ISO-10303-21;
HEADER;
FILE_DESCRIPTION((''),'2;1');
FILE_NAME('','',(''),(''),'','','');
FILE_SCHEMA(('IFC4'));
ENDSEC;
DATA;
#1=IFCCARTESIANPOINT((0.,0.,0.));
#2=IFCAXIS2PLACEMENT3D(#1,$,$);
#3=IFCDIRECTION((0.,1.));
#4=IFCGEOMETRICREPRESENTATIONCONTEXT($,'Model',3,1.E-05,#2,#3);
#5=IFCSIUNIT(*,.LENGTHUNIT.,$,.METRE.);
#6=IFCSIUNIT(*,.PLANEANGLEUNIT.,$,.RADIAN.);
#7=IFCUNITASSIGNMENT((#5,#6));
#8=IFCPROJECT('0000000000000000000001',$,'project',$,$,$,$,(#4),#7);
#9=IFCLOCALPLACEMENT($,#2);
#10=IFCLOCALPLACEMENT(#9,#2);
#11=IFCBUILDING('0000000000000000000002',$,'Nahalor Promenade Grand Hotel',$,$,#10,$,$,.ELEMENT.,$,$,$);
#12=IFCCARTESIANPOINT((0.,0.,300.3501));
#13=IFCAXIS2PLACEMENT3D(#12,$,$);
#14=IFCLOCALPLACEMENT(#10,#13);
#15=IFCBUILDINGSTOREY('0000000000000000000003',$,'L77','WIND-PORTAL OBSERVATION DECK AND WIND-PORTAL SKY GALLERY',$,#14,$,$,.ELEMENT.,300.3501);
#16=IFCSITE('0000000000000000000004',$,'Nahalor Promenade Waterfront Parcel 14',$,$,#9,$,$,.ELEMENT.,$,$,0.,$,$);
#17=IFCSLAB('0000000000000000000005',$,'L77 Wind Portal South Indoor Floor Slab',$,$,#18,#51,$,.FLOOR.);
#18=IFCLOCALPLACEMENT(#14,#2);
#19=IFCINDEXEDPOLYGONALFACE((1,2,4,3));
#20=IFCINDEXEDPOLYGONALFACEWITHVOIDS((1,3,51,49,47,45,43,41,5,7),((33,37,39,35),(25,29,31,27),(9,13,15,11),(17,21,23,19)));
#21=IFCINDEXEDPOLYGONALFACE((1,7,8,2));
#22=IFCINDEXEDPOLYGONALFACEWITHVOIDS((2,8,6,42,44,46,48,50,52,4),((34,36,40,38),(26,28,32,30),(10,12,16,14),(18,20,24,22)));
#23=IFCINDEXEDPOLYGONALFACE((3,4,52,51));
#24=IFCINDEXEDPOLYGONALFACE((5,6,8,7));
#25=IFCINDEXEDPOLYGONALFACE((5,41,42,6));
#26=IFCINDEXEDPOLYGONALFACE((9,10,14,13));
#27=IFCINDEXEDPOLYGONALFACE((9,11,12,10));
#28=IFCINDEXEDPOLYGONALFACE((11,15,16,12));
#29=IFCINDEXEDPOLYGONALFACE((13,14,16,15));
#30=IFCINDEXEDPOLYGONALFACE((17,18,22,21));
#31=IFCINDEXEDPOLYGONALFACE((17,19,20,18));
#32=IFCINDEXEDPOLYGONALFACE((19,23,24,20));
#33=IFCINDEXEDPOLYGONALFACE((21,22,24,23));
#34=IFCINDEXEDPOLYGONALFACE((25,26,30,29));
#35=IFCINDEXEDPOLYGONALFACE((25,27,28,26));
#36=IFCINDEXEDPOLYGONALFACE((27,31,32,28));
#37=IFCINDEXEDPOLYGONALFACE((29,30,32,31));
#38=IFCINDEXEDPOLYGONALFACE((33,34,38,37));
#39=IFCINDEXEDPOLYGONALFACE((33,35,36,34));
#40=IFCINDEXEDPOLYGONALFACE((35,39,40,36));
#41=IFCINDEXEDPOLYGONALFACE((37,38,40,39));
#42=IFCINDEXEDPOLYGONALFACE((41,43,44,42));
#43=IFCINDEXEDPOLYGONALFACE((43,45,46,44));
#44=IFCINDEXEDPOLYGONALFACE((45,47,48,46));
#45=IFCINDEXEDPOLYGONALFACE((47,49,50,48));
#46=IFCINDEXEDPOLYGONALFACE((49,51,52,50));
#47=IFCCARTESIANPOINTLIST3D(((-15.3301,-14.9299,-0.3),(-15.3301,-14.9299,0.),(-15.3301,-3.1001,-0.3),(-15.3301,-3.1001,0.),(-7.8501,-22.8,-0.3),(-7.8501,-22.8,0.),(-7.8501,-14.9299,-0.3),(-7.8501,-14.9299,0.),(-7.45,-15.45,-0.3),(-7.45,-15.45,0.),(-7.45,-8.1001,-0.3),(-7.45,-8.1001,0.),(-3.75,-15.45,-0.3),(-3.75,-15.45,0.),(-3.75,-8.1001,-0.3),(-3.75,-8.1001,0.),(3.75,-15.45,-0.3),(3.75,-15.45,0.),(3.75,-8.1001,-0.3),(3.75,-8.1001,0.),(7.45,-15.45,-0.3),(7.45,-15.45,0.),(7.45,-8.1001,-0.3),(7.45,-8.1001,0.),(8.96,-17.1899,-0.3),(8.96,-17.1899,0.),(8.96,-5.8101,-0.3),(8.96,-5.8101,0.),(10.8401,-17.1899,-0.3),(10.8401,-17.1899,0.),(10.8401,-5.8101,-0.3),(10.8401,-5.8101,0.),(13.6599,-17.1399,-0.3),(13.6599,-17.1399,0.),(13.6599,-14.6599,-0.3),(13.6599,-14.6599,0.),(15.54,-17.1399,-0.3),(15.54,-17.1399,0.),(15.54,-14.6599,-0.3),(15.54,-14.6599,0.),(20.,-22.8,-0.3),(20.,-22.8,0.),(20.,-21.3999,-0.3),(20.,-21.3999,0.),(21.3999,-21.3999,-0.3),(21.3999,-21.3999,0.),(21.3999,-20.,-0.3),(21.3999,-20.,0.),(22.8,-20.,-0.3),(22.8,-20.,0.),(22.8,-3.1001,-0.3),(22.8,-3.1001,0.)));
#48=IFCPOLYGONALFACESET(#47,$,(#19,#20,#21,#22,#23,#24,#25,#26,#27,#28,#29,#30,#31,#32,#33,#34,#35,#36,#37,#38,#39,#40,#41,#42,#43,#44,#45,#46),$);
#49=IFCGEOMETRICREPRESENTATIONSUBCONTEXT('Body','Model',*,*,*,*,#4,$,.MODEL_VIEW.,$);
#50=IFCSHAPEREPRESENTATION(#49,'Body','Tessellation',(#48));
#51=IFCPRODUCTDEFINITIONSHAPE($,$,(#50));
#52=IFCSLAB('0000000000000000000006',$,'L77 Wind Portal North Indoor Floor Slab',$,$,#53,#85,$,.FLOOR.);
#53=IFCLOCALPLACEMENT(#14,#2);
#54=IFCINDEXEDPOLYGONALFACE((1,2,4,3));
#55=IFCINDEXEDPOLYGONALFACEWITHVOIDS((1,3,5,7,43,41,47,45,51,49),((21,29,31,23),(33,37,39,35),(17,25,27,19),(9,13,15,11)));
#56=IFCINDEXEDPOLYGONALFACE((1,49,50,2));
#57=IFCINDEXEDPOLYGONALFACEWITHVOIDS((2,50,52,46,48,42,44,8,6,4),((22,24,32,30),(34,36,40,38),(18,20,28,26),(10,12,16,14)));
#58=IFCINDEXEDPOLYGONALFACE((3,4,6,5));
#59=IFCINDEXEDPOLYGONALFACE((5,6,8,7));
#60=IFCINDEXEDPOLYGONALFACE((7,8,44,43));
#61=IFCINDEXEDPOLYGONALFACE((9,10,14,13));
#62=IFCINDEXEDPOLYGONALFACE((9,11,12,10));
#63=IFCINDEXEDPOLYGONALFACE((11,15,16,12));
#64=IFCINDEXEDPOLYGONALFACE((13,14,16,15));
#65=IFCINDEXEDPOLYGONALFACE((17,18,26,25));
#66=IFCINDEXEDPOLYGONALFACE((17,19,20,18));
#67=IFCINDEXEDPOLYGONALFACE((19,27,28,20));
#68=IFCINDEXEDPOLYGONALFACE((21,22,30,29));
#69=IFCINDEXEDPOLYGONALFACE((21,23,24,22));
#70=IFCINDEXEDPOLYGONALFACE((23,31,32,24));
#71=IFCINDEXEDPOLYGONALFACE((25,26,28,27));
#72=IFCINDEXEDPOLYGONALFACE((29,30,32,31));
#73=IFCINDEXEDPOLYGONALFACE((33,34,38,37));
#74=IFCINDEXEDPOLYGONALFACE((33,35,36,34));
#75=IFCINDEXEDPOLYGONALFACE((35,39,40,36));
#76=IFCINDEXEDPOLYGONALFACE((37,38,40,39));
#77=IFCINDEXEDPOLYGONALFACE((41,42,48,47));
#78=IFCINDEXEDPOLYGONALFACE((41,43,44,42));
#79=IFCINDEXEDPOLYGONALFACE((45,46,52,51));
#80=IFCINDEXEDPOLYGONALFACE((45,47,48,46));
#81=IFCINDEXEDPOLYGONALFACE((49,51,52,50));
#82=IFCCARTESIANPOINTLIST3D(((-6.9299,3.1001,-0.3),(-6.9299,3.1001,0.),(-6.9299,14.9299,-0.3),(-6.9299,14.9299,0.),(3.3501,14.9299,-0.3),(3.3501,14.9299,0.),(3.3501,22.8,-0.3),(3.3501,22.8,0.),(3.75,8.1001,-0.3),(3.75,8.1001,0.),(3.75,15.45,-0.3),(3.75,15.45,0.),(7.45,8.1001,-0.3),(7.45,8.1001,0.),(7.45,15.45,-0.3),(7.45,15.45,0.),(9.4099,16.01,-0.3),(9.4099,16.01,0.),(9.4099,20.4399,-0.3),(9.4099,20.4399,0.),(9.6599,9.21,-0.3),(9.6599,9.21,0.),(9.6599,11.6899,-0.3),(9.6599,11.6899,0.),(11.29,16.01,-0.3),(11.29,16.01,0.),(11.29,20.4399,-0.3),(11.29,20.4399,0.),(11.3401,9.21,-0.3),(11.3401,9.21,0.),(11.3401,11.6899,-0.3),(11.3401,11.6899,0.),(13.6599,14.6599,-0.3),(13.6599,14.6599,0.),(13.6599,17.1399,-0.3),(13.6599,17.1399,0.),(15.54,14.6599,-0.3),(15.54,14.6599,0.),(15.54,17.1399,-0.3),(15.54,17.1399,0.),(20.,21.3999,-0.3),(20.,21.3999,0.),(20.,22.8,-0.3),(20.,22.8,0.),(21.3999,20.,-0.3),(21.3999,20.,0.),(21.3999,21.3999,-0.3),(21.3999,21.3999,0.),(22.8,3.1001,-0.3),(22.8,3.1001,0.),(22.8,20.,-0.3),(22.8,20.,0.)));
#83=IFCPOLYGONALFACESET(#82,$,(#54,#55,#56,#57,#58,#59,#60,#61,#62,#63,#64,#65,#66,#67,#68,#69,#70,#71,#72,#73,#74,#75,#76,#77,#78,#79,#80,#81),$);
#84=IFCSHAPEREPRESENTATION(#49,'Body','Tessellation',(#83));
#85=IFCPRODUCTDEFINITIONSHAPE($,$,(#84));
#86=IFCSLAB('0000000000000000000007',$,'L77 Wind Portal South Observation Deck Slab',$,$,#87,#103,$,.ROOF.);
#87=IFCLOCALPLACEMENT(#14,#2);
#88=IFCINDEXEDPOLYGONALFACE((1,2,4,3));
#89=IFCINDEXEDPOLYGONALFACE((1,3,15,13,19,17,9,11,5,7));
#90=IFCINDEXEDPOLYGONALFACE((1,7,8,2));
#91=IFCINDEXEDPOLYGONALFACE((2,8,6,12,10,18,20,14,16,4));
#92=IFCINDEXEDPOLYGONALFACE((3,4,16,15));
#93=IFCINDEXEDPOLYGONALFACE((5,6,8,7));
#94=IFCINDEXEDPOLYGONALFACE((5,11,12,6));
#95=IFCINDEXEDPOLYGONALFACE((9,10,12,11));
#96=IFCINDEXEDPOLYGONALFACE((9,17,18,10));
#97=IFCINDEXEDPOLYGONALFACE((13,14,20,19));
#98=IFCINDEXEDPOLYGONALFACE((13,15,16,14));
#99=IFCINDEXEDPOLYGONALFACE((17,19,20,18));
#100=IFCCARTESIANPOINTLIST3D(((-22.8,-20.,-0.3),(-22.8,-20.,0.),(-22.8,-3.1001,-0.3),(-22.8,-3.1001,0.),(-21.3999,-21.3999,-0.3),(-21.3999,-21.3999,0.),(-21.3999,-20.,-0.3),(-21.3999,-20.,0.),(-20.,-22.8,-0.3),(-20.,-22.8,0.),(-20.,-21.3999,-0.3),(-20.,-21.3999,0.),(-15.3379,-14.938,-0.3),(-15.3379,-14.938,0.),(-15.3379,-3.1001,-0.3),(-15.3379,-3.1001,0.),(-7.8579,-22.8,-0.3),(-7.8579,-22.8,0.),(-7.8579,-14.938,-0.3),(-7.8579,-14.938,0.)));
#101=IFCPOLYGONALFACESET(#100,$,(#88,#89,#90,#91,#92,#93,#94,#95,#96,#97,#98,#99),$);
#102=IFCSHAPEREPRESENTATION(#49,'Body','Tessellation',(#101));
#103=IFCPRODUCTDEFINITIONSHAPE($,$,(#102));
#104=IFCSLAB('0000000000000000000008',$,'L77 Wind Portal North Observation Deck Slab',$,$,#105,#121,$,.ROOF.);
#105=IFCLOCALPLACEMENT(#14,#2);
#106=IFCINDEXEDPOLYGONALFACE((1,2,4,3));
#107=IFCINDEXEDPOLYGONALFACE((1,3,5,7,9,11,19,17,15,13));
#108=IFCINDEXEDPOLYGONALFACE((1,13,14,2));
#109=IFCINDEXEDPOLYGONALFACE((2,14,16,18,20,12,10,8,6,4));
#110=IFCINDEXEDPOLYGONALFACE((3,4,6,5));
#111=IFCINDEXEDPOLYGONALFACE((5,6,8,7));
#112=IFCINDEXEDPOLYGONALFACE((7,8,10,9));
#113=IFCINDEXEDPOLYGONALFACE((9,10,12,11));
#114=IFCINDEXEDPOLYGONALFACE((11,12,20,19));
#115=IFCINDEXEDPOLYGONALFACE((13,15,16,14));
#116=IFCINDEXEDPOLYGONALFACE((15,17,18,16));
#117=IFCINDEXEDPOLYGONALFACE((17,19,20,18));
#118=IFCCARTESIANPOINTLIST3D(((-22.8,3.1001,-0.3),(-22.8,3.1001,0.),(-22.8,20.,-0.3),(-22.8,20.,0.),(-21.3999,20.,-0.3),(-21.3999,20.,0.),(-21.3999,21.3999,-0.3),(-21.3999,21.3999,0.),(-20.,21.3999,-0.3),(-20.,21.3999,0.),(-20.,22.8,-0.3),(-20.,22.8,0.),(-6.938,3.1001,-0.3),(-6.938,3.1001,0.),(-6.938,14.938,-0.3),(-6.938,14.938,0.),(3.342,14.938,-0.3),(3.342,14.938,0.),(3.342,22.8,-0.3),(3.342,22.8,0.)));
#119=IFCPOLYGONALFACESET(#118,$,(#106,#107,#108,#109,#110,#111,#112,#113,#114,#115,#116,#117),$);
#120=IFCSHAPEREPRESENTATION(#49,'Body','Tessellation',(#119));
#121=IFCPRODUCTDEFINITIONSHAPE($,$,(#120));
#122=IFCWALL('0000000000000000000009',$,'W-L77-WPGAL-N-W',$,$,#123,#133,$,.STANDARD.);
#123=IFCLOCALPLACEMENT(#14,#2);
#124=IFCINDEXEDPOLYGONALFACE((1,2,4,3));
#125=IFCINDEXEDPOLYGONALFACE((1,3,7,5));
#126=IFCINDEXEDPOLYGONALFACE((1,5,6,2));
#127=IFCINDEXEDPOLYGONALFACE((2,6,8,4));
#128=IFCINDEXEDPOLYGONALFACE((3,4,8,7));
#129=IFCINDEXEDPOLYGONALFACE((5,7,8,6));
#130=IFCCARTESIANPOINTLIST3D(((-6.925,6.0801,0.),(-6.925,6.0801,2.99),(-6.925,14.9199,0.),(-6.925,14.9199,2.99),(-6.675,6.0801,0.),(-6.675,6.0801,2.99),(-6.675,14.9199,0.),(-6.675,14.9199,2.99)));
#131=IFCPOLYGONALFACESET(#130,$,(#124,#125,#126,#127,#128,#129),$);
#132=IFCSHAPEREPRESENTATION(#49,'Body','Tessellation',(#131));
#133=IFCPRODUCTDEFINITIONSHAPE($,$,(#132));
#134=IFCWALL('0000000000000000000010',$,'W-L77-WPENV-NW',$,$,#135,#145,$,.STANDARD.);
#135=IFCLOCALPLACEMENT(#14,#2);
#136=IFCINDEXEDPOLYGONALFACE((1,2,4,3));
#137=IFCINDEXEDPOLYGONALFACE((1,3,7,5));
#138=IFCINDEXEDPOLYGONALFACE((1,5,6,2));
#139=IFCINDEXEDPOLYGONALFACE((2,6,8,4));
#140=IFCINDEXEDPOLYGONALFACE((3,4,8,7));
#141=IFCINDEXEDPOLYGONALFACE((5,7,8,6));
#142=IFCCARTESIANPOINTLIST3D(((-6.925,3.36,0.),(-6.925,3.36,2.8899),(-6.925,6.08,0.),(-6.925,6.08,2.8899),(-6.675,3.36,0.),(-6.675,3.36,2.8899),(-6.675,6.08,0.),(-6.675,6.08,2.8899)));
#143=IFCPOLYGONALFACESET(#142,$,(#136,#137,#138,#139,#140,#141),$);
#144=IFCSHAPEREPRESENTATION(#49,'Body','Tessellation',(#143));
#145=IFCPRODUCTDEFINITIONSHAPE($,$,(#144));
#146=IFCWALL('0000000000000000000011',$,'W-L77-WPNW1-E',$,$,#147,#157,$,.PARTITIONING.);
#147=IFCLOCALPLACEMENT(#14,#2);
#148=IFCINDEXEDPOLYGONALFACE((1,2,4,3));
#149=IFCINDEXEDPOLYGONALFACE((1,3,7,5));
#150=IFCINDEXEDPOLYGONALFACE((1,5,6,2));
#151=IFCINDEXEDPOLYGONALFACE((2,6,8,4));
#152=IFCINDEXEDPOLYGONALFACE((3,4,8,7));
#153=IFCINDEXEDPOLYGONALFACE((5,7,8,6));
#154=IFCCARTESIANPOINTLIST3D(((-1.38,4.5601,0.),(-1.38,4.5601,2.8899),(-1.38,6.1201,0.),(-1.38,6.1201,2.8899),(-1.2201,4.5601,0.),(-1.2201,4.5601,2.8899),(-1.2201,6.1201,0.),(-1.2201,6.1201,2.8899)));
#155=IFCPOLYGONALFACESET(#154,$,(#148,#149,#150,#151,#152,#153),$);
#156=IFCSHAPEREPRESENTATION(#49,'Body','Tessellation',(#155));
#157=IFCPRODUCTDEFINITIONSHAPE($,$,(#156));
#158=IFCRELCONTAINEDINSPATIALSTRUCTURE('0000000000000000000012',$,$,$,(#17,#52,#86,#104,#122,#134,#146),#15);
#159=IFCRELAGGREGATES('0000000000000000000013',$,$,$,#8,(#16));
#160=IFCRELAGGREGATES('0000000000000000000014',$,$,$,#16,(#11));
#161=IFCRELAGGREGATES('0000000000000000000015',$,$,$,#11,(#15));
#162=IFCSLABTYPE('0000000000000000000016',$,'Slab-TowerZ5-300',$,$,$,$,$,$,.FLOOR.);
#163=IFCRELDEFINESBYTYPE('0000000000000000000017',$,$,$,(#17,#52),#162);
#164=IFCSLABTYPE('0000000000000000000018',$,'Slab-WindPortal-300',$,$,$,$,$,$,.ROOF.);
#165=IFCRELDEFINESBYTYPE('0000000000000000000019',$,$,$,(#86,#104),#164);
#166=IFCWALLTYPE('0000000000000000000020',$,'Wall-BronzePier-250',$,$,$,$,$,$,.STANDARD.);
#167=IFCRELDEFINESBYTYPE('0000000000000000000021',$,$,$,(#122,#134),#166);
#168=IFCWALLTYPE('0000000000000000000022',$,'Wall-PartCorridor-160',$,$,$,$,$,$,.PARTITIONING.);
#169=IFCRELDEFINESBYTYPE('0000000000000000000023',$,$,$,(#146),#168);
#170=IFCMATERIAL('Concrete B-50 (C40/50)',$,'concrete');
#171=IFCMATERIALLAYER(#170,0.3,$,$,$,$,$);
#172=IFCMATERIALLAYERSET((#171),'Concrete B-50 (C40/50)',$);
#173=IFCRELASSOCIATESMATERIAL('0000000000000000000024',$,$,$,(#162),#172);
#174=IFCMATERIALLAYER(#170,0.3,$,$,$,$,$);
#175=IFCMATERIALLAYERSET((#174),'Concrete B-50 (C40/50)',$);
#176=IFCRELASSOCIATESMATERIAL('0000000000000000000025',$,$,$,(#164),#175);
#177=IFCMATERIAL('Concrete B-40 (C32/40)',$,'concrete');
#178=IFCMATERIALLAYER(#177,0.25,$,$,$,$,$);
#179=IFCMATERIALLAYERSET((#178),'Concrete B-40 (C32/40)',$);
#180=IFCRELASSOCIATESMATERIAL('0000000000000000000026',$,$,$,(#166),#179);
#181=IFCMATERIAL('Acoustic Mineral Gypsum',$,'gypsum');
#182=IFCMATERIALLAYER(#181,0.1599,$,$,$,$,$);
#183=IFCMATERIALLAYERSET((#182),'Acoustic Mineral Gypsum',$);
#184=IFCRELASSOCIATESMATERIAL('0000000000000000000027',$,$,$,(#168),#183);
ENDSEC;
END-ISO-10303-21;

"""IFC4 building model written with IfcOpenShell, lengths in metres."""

from ifc_helpers import new_model, si_unit, direction, frame, frame_2d, origin, place, context, subcontext, project, spatial, polyline, rectangle, outline, extrude, source, transform, mapped, material, layer, layer_set, type_object, element, save


model = new_model("IFC4")

# Units and contexts
model_context = context("Model", 3, precision=1e-05, world=origin(), true_north=direction((0.0, 1.0)))
body_context = subcontext(model_context, "Body", "Model", "MODEL_VIEW")
ifc_project = project(units=[si_unit("LENGTHUNIT", "METRE"), si_unit("PLANEANGLEUNIT", "RADIAN")], contexts=[model_context])

# Site, building, storey
site_placement = place(None, origin())
site = spatial("IfcSite", under=ifc_project, at=site_placement, Name="Nahalor Promenade Waterfront Parcel 14", CompositionType="ELEMENT", RefElevation=0.0)
building_placement = place(site_placement, origin())
building = spatial("IfcBuilding", under=site, at=building_placement, Name="Nahalor Promenade Grand Hotel", CompositionType="ELEMENT")
storey_placement = place(building_placement, frame((0.0, 0.0, 300.3501)))
storey = spatial("IfcBuildingStorey", under=building, at=storey_placement, Name="L77", Description="WIND-PORTAL OBSERVATION DECK AND WIND-PORTAL SKY GALLERY", CompositionType="ELEMENT", Elevation=300.3501)

# Shared definitions
ifc_material_1 = material(Name="Concrete B-50 (C40/50)", Category="concrete")

# Slabs
ifc_layer_1 = layer(ifc_material_1, 0.3)
ifc_layer_set_1 = layer_set([ifc_layer_1], Name="Concrete B-50 (C40/50)")
slab_type_1 = type_object("IfcSlabType", Name="Slab-TowerZ5-300", PredefinedType="FLOOR", material=ifc_layer_set_1)
slab_1_placement = place(storey_placement, frame((0.0, 0.0, -0.3)))
element("IfcSlab", 1, at=slab_1_placement, inside=storey, type_object=slab_type_1, Name="L77 Wind Portal South Indoor Floor Slab", PredefinedType="FLOOR", context=body_context, shape_type="SweptSolid", body=[
    extrude(outline(polyline([(22.8, -3.1001), (-15.3301, -3.1001), (-15.3301, -14.9299), (-7.8501, -14.9299), (-7.8501, -22.8), (20.0, -22.8), (20.0, -21.3999), (21.3999, -21.3999), (21.3999, -20.0), (22.8, -20.0), (22.8, -3.1001)]), holes=[polyline([(3.75, -15.45), (7.45, -15.45), (7.45, -8.1001), (3.75, -8.1001), (3.75, -15.45)]), polyline([(-7.45, -15.45), (-3.75, -15.45), (-3.75, -8.1001), (-7.45, -8.1001), (-7.45, -15.45)]), polyline([(8.96, -17.1899), (10.8401, -17.1899), (10.8401, -5.8101), (8.96, -5.8101), (8.96, -17.1899)]), polyline([(13.6599, -17.1399), (15.54, -17.1399), (15.54, -14.6599), (13.6599, -14.6599), (13.6599, -17.1399)])]), origin(), (0.0, 0.0, 1.0), 0.3),
])
slab_2_placement = place(storey_placement, frame((0.0, 0.0, -0.3)))
element("IfcSlab", 2, at=slab_2_placement, inside=storey, type_object=slab_type_1, Name="L77 Wind Portal North Indoor Floor Slab", PredefinedType="FLOOR", context=body_context, shape_type="SweptSolid", body=[
    extrude(outline(polyline([(20.0, 22.8), (3.3501, 22.8), (3.3501, 14.9299), (-6.9299, 14.9299), (-6.9299, 3.1001), (22.8, 3.1001), (22.8, 20.0), (21.3999, 20.0), (21.3999, 21.3999), (20.0, 21.3999), (20.0, 22.8)]), holes=[polyline([(3.75, 8.1001), (7.45, 8.1001), (7.45, 15.45), (3.75, 15.45), (3.75, 8.1001)]), polyline([(9.4099, 16.01), (11.29, 16.01), (11.29, 20.4399), (9.4099, 20.4399), (9.4099, 16.01)]), polyline([(9.6599, 9.21), (11.3401, 9.21), (11.3401, 11.6899), (9.6599, 11.6899), (9.6599, 9.21)]), polyline([(13.6599, 14.6599), (15.54, 14.6599), (15.54, 17.1399), (13.6599, 17.1399), (13.6599, 14.6599)])]), origin(), (0.0, 0.0, 1.0), 0.3),
])
ifc_layer_2 = layer(ifc_material_1, 0.3)
ifc_layer_set_2 = layer_set([ifc_layer_2], Name="Concrete B-50 (C40/50)")
slab_type_2 = type_object("IfcSlabType", Name="Slab-WindPortal-300", PredefinedType="ROOF", material=ifc_layer_set_2)
slab_3_placement = place(storey_placement, frame((0.0, 0.0, -0.3)))
element("IfcSlab", 3, at=slab_3_placement, inside=storey, type_object=slab_type_2, Name="L77 Wind Portal South Observation Deck Slab", PredefinedType="ROOF", context=body_context, shape_type="SweptSolid", body=[
    extrude(outline(polyline([(-20.0, -22.8), (-7.8579, -22.8), (-7.8579, -14.938), (-15.3379, -14.938), (-15.3379, -3.1001), (-22.8, -3.1001), (-22.8, -20.0), (-21.3999, -20.0), (-21.3999, -21.3999), (-20.0, -21.3999), (-20.0, -22.8)])), origin(), (0.0, 0.0, 1.0), 0.3),
])
slab_4_placement = place(storey_placement, frame((0.0, 0.0, -0.3)))
element("IfcSlab", 4, at=slab_4_placement, inside=storey, type_object=slab_type_2, Name="L77 Wind Portal North Observation Deck Slab", PredefinedType="ROOF", context=body_context, shape_type="SweptSolid", body=[
    extrude(outline(polyline([(-22.8, 3.1001), (-6.938, 3.1001), (-6.938, 14.938), (3.342, 14.938), (3.342, 22.8), (-20.0, 22.8), (-20.0, 21.3999), (-21.3999, 21.3999), (-21.3999, 20.0), (-22.8, 20.0), (-22.8, 3.1001)])), origin(), (0.0, 0.0, 1.0), 0.3),
])

# Walls
ifc_material_2 = material(Name="Concrete B-40 (C32/40)", Category="concrete")
ifc_layer_3 = layer(ifc_material_2, 0.25)
ifc_layer_set_3 = layer_set([ifc_layer_3], Name="Concrete B-40 (C32/40)")
wall_type_1 = type_object("IfcWallType", Name="Wall-BronzePier-250", PredefinedType="STANDARD", material=ifc_layer_set_3)
shared_shape_1 = source(origin(), body_context, "Body", "SweptSolid", [
    extrude(rectangle(XDim=8.8398, YDim=0.25, at=frame_2d((4.4199, 0.0))), origin(), (0.0, 0.0, 1.0), 2.99),
])
wall_1_placement = place(storey_placement, frame((-6.8, 6.0801, 0.0), z_axis=(0.0, 0.0, 1.0), x_axis=(0.0, 1.0, 0.0)))
element("IfcWall", 5, at=wall_1_placement, inside=storey, type_object=wall_type_1, Name="W-L77-WPGAL-N-W", PredefinedType="STANDARD", context=body_context, shape_type="MappedRepresentation", body=[
    mapped(shared_shape_1, transform((0.0, 0.0, 0.0), scale=1.0)),
])
shared_shape_2 = source(origin(), body_context, "Body", "SweptSolid", [
    extrude(rectangle(XDim=2.72, YDim=0.25, at=frame_2d((1.3599, 0.0))), origin(), (0.0, 0.0, 1.0), 2.8899),
])
wall_2_placement = place(storey_placement, frame((-6.8, 3.3601, 0.0), z_axis=(0.0, 0.0, 1.0), x_axis=(0.0, 1.0, 0.0)))
element("IfcWall", 6, at=wall_2_placement, inside=storey, type_object=wall_type_1, Name="W-L77-WPENV-NW", PredefinedType="STANDARD", context=body_context, shape_type="MappedRepresentation", body=[
    mapped(shared_shape_2, transform((0.0, 0.0, 0.0), scale=1.0)),
])
ifc_material_3 = material(Name="Acoustic Mineral Gypsum", Category="gypsum")
ifc_layer_4 = layer(ifc_material_3, 0.1599)
ifc_layer_set_4 = layer_set([ifc_layer_4], Name="Acoustic Mineral Gypsum")
wall_type_2 = type_object("IfcWallType", Name="Wall-PartCorridor-160", PredefinedType="PARTITIONING", material=ifc_layer_set_4)
shared_shape_3 = source(origin(), body_context, "Body", "SweptSolid", [
    extrude(rectangle(XDim=1.5601, YDim=0.1599, at=frame_2d((0.78, 0.0))), origin(), (0.0, 0.0, 1.0), 2.8899),
])
wall_3_placement = place(storey_placement, frame((-1.3, 4.5601, 0.0), z_axis=(0.0, 0.0, 1.0), x_axis=(0.0, 1.0, 0.0)))
element("IfcWall", 7, at=wall_3_placement, inside=storey, type_object=wall_type_2, Name="W-L77-WPNW1-E", PredefinedType="PARTITIONING", context=body_context, shape_type="MappedRepresentation", body=[
    mapped(shared_shape_3, transform((0.0, 0.0, 0.0), scale=1.0)),
])

save(model, "model.ifc")
